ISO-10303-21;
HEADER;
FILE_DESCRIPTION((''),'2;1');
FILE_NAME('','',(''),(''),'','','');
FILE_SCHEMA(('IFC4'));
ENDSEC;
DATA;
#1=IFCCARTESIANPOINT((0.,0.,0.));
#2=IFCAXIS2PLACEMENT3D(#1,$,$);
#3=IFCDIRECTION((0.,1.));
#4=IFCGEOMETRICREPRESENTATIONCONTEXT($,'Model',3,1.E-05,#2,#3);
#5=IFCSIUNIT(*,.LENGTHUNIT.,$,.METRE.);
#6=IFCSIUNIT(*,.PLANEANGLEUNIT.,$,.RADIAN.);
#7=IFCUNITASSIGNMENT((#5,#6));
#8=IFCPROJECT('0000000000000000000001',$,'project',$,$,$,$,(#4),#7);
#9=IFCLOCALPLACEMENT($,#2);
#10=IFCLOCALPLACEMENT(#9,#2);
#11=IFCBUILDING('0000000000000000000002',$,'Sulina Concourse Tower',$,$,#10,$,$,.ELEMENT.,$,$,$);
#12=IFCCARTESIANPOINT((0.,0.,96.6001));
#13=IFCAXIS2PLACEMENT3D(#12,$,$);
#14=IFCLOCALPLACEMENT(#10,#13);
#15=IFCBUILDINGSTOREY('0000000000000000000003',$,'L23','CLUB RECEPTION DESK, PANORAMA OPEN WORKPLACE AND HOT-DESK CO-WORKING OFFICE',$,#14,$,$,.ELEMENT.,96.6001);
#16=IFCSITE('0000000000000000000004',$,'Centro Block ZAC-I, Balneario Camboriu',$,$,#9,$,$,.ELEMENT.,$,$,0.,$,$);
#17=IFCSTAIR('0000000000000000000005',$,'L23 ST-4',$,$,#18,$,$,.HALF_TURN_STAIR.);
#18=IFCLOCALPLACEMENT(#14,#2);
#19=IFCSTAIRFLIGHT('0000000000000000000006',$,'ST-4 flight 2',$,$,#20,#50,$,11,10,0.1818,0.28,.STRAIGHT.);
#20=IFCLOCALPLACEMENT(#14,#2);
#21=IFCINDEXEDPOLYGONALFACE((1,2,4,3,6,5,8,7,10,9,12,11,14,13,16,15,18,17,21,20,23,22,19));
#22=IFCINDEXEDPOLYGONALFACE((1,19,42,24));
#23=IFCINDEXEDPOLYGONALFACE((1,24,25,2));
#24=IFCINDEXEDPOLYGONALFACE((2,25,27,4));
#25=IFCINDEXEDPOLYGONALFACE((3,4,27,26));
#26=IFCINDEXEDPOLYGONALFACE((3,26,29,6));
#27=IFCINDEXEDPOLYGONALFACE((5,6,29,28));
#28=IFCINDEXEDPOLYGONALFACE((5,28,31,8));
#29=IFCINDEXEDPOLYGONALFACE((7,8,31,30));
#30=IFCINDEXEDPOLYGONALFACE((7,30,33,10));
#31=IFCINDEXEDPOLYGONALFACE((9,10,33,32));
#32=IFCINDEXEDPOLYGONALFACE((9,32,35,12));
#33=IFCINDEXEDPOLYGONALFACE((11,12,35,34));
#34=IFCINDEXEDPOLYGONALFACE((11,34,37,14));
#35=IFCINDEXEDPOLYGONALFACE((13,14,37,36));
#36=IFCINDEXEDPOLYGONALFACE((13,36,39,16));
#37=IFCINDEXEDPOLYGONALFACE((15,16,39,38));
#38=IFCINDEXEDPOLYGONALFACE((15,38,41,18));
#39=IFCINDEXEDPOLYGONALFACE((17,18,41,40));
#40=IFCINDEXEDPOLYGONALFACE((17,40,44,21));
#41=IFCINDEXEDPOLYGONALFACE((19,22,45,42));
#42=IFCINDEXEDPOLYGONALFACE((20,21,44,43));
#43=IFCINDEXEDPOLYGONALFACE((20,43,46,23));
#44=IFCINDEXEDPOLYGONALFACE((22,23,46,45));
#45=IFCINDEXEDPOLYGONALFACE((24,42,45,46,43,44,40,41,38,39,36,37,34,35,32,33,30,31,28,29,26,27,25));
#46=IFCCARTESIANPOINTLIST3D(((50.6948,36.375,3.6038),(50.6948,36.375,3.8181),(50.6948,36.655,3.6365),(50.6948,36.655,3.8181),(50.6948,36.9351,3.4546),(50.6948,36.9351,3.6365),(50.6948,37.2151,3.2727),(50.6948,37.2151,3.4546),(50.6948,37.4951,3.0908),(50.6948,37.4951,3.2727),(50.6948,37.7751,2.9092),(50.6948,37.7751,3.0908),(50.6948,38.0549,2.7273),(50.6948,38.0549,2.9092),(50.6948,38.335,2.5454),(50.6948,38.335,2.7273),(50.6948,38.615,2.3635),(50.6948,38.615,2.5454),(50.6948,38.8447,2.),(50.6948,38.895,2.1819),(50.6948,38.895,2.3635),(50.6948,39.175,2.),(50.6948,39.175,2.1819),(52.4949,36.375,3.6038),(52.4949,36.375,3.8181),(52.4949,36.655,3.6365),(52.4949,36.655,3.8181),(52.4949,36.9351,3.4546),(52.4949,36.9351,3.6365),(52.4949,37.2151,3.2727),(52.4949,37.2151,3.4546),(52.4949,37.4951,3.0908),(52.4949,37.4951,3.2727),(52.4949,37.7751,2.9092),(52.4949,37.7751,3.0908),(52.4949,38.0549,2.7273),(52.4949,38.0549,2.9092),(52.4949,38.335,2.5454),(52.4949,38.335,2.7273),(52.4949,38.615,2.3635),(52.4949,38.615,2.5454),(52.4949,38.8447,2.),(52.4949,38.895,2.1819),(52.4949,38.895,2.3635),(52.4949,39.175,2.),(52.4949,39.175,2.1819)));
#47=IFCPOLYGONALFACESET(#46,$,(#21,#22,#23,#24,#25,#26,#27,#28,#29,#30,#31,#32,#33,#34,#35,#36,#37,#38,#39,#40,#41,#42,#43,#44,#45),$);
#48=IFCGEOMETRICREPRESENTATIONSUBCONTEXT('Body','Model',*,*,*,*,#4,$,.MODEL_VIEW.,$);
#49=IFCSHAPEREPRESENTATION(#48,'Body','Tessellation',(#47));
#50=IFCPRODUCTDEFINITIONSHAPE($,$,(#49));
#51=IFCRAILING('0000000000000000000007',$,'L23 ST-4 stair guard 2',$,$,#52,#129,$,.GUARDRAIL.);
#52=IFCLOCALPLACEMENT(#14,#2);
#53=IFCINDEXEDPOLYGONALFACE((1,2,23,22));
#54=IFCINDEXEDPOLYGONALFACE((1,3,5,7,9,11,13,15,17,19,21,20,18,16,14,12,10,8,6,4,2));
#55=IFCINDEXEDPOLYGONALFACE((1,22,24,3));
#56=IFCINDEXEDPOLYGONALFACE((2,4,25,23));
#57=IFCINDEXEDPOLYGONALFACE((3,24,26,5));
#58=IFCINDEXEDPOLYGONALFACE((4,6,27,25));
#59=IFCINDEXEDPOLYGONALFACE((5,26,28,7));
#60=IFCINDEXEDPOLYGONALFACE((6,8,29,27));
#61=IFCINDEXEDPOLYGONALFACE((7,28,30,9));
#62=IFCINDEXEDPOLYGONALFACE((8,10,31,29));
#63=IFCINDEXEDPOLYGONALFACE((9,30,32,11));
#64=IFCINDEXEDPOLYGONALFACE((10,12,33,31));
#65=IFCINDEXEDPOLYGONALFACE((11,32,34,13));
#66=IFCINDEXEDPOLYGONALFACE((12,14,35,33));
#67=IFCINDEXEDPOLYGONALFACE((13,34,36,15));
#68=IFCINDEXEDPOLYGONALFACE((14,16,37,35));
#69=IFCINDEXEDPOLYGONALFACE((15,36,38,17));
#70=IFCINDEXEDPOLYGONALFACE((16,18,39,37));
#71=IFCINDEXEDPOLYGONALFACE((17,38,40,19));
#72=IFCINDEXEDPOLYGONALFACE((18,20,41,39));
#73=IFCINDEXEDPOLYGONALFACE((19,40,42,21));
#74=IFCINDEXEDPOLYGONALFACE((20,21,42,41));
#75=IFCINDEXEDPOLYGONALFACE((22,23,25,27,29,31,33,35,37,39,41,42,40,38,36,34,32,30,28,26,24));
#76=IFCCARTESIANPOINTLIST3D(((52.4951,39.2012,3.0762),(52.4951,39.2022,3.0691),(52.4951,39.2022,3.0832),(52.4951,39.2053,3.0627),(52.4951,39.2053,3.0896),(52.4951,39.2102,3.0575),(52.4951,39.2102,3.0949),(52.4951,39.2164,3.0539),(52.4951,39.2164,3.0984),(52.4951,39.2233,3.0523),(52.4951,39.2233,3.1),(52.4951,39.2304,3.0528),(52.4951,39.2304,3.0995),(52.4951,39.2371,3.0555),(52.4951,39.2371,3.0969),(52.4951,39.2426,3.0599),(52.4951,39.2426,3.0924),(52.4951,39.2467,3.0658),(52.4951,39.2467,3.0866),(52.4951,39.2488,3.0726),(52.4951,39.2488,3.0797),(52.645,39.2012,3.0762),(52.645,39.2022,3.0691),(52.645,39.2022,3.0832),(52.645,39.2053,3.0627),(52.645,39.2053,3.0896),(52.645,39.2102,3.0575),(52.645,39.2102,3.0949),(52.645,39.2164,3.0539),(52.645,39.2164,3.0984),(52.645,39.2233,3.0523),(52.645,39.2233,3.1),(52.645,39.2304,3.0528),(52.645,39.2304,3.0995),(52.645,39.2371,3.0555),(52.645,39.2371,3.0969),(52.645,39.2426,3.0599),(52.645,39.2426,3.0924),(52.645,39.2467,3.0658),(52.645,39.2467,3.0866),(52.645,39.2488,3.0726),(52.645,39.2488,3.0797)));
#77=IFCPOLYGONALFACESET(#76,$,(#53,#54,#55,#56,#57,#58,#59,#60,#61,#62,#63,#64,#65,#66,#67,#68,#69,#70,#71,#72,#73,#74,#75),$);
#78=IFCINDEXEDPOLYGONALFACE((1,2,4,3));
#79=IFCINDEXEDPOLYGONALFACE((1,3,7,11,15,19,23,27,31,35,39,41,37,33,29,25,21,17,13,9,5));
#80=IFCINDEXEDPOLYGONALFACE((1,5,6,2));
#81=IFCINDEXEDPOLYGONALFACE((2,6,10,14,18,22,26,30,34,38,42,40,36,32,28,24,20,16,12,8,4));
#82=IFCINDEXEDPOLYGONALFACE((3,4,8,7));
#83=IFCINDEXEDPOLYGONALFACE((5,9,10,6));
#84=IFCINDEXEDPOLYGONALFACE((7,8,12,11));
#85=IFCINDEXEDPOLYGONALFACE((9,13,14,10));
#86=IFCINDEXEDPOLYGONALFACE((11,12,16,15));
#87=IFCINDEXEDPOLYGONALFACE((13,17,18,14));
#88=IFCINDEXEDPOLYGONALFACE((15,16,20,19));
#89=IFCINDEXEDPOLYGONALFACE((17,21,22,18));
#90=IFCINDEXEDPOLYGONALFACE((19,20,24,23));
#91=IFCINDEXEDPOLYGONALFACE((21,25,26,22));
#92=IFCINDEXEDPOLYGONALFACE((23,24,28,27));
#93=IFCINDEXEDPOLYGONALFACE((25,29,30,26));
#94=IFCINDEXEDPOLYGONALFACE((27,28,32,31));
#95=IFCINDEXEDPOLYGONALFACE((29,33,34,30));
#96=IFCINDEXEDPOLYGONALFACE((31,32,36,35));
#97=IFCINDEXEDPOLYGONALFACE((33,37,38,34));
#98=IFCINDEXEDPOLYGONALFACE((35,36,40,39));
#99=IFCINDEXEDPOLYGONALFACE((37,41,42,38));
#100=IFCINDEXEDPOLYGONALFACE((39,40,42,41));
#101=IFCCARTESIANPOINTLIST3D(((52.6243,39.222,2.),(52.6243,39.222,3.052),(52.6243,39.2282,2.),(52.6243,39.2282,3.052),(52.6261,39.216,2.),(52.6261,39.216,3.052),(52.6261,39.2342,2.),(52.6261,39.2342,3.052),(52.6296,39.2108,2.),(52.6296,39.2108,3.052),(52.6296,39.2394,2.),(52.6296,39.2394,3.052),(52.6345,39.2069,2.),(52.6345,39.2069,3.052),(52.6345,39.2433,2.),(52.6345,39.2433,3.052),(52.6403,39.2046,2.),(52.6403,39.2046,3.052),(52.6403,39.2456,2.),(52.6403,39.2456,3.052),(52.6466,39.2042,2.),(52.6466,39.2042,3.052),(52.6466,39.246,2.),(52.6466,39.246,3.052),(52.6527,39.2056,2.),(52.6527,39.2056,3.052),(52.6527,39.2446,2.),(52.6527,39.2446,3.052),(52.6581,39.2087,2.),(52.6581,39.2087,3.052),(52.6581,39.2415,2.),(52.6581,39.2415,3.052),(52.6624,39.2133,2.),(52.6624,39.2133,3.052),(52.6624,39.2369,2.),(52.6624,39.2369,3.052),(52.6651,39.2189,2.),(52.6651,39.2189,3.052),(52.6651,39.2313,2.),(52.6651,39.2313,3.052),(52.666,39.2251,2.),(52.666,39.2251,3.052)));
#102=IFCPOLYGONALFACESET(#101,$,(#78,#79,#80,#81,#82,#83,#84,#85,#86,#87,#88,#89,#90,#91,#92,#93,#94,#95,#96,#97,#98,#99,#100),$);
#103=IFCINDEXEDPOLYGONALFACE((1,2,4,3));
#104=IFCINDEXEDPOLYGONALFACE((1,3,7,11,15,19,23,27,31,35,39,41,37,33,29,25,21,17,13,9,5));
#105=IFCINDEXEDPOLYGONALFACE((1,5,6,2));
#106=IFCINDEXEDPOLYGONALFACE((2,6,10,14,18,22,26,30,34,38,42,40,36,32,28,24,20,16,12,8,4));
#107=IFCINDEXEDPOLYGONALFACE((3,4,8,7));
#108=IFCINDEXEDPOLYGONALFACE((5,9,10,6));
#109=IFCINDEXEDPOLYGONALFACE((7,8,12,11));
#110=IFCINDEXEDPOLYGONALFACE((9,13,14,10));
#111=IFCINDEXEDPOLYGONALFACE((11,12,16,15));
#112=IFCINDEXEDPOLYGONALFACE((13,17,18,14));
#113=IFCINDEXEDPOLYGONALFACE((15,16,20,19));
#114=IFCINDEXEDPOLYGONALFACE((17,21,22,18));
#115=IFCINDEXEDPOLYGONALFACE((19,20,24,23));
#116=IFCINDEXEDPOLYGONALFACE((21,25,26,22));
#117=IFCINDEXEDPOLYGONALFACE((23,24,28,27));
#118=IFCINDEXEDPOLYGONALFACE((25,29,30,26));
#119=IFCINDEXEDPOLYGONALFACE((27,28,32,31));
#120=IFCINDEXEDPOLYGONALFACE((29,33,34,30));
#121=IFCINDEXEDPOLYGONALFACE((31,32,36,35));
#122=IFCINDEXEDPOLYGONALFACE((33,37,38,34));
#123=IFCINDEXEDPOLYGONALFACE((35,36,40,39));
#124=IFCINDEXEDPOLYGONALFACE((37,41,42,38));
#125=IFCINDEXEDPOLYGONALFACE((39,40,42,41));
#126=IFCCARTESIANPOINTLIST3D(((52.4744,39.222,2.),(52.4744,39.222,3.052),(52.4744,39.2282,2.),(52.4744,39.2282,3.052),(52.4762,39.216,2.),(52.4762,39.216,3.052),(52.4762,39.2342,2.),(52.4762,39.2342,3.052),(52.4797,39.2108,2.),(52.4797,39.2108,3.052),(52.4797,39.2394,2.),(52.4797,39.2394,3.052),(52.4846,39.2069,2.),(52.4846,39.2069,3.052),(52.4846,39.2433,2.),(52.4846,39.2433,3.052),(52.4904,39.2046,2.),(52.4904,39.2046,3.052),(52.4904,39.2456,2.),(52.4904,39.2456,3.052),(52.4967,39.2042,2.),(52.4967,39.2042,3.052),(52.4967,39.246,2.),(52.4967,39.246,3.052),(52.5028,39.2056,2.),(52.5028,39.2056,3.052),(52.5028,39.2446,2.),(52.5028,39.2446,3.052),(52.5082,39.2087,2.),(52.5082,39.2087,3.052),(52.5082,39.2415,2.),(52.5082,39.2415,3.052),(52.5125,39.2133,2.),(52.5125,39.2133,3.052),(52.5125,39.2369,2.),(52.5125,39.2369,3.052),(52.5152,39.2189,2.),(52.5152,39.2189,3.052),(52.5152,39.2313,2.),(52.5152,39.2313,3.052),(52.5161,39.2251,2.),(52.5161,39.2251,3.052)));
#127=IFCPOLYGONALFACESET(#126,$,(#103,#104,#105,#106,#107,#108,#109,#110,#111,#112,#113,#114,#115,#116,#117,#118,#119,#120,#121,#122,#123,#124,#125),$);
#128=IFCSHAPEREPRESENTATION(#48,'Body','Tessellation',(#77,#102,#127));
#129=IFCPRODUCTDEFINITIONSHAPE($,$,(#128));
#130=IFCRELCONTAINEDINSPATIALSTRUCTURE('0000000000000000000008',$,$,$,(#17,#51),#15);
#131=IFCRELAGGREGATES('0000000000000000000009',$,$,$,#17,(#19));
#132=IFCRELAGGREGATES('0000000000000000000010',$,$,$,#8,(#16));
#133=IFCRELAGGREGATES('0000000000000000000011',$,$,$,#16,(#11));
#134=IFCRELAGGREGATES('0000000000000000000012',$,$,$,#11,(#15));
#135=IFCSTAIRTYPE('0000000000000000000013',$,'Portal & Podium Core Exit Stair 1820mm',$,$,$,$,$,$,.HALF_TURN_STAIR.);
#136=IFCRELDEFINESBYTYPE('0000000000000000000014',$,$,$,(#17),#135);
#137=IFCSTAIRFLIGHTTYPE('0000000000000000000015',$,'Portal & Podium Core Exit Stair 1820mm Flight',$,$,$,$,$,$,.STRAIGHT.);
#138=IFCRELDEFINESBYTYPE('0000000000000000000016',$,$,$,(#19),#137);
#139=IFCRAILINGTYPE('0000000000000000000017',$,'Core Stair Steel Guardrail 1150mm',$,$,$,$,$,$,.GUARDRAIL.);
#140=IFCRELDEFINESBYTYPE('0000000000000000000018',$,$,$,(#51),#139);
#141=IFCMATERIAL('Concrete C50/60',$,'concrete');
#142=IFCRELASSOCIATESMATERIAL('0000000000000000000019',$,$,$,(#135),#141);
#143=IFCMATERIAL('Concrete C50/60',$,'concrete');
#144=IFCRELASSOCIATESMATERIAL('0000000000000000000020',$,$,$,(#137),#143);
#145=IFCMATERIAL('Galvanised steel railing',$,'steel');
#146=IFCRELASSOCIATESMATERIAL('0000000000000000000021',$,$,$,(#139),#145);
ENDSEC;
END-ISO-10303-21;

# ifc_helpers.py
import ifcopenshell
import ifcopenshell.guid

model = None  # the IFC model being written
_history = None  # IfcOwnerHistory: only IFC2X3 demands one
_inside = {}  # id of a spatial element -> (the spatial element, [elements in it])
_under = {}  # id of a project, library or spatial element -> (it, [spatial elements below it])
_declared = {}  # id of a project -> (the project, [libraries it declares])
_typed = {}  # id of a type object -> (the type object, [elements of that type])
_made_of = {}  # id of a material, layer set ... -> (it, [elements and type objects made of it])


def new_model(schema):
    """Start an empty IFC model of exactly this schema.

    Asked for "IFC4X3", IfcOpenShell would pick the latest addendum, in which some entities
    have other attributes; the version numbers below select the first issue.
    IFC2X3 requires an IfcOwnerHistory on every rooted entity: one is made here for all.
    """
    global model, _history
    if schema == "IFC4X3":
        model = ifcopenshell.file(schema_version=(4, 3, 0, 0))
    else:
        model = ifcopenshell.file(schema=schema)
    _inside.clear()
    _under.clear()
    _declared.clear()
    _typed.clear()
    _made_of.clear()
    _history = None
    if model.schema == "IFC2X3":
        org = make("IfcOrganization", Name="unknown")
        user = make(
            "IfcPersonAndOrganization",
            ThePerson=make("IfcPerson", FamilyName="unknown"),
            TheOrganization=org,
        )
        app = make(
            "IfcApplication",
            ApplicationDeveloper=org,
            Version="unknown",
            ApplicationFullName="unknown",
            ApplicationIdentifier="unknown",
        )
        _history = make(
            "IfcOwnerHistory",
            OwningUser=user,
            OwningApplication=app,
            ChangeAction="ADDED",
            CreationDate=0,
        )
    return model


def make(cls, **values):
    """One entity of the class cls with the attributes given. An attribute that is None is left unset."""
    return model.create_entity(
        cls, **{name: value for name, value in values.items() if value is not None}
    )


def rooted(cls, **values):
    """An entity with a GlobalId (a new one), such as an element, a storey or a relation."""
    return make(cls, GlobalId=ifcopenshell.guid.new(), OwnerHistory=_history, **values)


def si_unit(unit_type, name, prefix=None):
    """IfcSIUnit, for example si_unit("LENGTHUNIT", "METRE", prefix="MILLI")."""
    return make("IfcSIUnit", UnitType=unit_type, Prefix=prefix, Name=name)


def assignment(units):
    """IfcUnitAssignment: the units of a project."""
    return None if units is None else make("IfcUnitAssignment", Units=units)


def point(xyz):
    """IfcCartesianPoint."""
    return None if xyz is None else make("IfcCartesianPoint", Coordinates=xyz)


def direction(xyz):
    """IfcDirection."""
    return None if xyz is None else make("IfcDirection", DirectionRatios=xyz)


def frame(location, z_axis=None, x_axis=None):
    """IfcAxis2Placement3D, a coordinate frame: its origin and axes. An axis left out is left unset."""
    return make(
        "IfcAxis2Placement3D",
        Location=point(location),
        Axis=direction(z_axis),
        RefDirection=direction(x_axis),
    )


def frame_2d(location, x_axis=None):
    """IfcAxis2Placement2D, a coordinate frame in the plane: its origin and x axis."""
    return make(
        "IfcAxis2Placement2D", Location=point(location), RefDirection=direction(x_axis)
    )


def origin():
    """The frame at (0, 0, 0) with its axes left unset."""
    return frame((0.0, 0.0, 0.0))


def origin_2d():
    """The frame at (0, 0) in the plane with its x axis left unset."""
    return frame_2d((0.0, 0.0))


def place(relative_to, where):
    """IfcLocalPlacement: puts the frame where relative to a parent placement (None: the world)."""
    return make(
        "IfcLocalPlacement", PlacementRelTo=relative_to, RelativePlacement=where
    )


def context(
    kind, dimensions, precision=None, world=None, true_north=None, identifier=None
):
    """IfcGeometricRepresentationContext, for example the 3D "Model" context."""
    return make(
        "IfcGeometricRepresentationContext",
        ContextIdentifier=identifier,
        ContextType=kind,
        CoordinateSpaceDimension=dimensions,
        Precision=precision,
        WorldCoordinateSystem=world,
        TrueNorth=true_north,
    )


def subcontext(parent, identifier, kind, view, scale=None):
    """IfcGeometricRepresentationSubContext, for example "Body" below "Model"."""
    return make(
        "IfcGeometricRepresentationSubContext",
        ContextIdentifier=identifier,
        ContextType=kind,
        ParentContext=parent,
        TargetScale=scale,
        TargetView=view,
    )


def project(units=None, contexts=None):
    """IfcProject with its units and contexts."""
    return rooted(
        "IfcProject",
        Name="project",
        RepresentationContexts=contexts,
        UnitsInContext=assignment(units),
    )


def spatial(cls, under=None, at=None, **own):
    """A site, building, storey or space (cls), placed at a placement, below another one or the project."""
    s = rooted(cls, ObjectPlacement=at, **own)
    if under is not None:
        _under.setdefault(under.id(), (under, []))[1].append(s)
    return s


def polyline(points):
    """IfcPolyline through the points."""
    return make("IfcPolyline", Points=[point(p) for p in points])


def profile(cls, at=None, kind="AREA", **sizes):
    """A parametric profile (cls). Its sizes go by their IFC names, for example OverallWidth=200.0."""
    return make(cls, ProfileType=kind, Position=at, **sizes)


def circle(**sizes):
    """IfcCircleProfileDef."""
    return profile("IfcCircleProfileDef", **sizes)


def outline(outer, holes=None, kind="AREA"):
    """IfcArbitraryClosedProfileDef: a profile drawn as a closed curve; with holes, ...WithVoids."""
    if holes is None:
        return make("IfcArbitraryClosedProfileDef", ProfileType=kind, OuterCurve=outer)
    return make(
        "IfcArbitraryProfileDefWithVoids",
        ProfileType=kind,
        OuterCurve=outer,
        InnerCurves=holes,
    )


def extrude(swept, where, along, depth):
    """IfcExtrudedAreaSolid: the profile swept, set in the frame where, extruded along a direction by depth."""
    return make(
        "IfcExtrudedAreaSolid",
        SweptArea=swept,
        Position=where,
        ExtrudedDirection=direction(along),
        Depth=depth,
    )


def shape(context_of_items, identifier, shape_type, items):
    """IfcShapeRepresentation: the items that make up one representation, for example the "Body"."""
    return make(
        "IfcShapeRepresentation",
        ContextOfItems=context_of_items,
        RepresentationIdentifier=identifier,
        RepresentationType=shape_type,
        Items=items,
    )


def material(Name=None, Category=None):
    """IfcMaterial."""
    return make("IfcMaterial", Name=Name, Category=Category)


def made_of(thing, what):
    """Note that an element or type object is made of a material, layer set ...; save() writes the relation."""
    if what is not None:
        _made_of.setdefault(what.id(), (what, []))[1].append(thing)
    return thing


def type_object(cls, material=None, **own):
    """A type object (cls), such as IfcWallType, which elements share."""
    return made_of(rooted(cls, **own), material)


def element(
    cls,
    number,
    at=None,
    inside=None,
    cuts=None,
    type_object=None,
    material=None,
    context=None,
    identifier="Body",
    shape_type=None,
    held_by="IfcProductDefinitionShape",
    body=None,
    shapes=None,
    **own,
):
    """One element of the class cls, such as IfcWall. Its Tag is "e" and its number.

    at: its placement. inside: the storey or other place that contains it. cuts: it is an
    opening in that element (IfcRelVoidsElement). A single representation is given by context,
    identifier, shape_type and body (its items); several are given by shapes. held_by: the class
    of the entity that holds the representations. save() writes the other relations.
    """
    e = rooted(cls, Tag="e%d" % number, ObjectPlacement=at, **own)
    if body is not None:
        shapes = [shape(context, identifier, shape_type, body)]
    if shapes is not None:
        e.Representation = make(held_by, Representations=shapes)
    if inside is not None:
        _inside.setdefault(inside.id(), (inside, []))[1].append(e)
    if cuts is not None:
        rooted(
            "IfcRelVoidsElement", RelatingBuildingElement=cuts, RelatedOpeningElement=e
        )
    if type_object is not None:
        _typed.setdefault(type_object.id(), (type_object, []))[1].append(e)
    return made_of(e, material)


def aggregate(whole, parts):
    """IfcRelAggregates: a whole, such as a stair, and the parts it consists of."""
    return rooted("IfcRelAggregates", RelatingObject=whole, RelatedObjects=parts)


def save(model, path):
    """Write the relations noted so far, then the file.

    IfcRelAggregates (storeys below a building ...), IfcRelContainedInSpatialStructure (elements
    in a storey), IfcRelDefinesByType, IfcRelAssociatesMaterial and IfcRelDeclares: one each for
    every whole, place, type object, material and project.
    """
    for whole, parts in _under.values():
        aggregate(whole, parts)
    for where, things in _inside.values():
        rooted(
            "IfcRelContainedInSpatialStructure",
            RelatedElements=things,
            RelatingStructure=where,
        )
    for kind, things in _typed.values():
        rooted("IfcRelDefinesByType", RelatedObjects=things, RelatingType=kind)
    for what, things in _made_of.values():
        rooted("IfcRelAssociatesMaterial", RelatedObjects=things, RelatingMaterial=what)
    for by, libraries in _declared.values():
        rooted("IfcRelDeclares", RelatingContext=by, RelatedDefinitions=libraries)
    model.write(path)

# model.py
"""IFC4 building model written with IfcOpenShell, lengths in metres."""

from ifc_helpers import new_model, si_unit, direction, frame, origin, origin_2d, place, context, subcontext, project, spatial, polyline, circle, outline, extrude, material, type_object, element, aggregate, save


model = new_model("IFC4")

# Units and contexts
model_context = context("Model", 3, precision=1e-05, world=origin(), true_north=direction((0.0, 1.0)))
body_context = subcontext(model_context, "Body", "Model", "MODEL_VIEW")
ifc_project = project(units=[si_unit("LENGTHUNIT", "METRE"), si_unit("PLANEANGLEUNIT", "RADIAN")], contexts=[model_context])

# Site, building, storey
site_placement = place(None, origin())
site = spatial("IfcSite", under=ifc_project, at=site_placement, Name="Centro Block ZAC-I, Balneario Camboriu", CompositionType="ELEMENT", RefElevation=0.0)
building_placement = place(site_placement, origin())
building = spatial("IfcBuilding", under=site, at=building_placement, Name="Sulina Concourse Tower", CompositionType="ELEMENT")
storey_placement = place(building_placement, frame((0.0, 0.0, 96.6001)))
storey = spatial("IfcBuildingStorey", under=building, at=storey_placement, Name="L23", Description="CLUB RECEPTION DESK, PANORAMA OPEN WORKPLACE AND HOT-DESK CO-WORKING OFFICE", CompositionType="ELEMENT", Elevation=96.6001)

# Stair, stair flight
ifc_material_1 = material(Name="Concrete C50/60", Category="concrete")
stair_type = type_object("IfcStairType", Name="Portal & Podium Core Exit Stair 1820mm", PredefinedType="HALF_TURN_STAIR", material=ifc_material_1)
stair_placement = place(storey_placement, origin())
stair = element("IfcStair", 1, at=stair_placement, inside=storey, type_object=stair_type, Name="L23 ST-4", PredefinedType="HALF_TURN_STAIR")
ifc_material_2 = material(Name="Concrete C50/60", Category="concrete")
stair_flight_type = type_object("IfcStairFlightType", Name="Portal & Podium Core Exit Stair 1820mm Flight", PredefinedType="STRAIGHT", material=ifc_material_2)
stair_flight_placement = place(storey_placement, frame((51.595, 39.175, 2.0), z_axis=(0.0, 0.0, 1.0), x_axis=(0.0, -1.0, 0.0)))
stair_flight = element("IfcStairFlight", 2, at=stair_flight_placement, type_object=stair_flight_type, Name="ST-4 flight 2", NumberOfRisers=11, NumberOfTreads=10, PredefinedType="STRAIGHT", RiserHeight=0.1818, TreadLength=0.28, context=body_context, shape_type="SweptSolid", body=[
    extrude(outline(polyline([(0.0, 0.0), (0.0, 0.1819), (0.28, 0.1819), (0.28, 0.3635), (0.5601, 0.3635), (0.5601, 0.5454), (0.8401, 0.5454), (0.8401, 0.7273), (1.1201, 0.7273), (1.1201, 0.9092), (1.3999, 0.9092), (1.3999, 1.0908), (1.6799, 1.0908), (1.6799, 1.2727), (1.96, 1.2727), (1.96, 1.4546), (2.24, 1.4546), (2.24, 1.6365), (2.52, 1.6365), (2.52, 1.8181), (2.8, 1.8181), (2.8, 2.0), (2.8, 1.6038), (0.3303, 0.0), (0.0, 0.0)])), frame((0.0, 0.8999, 0.0), z_axis=(0.0, -1.0, 0.0), x_axis=(1.0, 0.0, 0.0)), (0.0, 0.0, 1.0), 1.8),
])
aggregate(stair, [stair_flight])

# Railing
ifc_material_3 = material(Name="Galvanised steel railing", Category="steel")
railing_type_1 = type_object("IfcRailingType", Name="Core Stair Steel Guardrail 1150mm", PredefinedType="GUARDRAIL", material=ifc_material_3)
railing_1_placement = place(storey_placement, frame((52.645, 39.2251, 2.0)))
element("IfcRailing", 3, at=railing_1_placement, inside=storey, type_object=railing_type_1, Name="L23 ST-4 stair guard 2", PredefinedType="GUARDRAIL", context=body_context, shape_type="SweptSolid", body=[
    extrude(circle(Radius=0.0239, at=origin_2d()), frame((0.0, 0.0, 1.0762), z_axis=(-1.0, 0.0, 0.0), x_axis=(0.0, -1.0, 0.0)), (0.0, 0.0, 1.0), 0.1499),
    extrude(circle(Radius=0.021, at=origin_2d()), origin(), (0.0, 0.0, 1.0), 1.052),
    extrude(circle(Radius=0.021, at=origin_2d()), frame((-0.1499, 0.0, 0.0)), (0.0, 0.0, 1.0), 1.052),
])

save(model, "model.ifc")
